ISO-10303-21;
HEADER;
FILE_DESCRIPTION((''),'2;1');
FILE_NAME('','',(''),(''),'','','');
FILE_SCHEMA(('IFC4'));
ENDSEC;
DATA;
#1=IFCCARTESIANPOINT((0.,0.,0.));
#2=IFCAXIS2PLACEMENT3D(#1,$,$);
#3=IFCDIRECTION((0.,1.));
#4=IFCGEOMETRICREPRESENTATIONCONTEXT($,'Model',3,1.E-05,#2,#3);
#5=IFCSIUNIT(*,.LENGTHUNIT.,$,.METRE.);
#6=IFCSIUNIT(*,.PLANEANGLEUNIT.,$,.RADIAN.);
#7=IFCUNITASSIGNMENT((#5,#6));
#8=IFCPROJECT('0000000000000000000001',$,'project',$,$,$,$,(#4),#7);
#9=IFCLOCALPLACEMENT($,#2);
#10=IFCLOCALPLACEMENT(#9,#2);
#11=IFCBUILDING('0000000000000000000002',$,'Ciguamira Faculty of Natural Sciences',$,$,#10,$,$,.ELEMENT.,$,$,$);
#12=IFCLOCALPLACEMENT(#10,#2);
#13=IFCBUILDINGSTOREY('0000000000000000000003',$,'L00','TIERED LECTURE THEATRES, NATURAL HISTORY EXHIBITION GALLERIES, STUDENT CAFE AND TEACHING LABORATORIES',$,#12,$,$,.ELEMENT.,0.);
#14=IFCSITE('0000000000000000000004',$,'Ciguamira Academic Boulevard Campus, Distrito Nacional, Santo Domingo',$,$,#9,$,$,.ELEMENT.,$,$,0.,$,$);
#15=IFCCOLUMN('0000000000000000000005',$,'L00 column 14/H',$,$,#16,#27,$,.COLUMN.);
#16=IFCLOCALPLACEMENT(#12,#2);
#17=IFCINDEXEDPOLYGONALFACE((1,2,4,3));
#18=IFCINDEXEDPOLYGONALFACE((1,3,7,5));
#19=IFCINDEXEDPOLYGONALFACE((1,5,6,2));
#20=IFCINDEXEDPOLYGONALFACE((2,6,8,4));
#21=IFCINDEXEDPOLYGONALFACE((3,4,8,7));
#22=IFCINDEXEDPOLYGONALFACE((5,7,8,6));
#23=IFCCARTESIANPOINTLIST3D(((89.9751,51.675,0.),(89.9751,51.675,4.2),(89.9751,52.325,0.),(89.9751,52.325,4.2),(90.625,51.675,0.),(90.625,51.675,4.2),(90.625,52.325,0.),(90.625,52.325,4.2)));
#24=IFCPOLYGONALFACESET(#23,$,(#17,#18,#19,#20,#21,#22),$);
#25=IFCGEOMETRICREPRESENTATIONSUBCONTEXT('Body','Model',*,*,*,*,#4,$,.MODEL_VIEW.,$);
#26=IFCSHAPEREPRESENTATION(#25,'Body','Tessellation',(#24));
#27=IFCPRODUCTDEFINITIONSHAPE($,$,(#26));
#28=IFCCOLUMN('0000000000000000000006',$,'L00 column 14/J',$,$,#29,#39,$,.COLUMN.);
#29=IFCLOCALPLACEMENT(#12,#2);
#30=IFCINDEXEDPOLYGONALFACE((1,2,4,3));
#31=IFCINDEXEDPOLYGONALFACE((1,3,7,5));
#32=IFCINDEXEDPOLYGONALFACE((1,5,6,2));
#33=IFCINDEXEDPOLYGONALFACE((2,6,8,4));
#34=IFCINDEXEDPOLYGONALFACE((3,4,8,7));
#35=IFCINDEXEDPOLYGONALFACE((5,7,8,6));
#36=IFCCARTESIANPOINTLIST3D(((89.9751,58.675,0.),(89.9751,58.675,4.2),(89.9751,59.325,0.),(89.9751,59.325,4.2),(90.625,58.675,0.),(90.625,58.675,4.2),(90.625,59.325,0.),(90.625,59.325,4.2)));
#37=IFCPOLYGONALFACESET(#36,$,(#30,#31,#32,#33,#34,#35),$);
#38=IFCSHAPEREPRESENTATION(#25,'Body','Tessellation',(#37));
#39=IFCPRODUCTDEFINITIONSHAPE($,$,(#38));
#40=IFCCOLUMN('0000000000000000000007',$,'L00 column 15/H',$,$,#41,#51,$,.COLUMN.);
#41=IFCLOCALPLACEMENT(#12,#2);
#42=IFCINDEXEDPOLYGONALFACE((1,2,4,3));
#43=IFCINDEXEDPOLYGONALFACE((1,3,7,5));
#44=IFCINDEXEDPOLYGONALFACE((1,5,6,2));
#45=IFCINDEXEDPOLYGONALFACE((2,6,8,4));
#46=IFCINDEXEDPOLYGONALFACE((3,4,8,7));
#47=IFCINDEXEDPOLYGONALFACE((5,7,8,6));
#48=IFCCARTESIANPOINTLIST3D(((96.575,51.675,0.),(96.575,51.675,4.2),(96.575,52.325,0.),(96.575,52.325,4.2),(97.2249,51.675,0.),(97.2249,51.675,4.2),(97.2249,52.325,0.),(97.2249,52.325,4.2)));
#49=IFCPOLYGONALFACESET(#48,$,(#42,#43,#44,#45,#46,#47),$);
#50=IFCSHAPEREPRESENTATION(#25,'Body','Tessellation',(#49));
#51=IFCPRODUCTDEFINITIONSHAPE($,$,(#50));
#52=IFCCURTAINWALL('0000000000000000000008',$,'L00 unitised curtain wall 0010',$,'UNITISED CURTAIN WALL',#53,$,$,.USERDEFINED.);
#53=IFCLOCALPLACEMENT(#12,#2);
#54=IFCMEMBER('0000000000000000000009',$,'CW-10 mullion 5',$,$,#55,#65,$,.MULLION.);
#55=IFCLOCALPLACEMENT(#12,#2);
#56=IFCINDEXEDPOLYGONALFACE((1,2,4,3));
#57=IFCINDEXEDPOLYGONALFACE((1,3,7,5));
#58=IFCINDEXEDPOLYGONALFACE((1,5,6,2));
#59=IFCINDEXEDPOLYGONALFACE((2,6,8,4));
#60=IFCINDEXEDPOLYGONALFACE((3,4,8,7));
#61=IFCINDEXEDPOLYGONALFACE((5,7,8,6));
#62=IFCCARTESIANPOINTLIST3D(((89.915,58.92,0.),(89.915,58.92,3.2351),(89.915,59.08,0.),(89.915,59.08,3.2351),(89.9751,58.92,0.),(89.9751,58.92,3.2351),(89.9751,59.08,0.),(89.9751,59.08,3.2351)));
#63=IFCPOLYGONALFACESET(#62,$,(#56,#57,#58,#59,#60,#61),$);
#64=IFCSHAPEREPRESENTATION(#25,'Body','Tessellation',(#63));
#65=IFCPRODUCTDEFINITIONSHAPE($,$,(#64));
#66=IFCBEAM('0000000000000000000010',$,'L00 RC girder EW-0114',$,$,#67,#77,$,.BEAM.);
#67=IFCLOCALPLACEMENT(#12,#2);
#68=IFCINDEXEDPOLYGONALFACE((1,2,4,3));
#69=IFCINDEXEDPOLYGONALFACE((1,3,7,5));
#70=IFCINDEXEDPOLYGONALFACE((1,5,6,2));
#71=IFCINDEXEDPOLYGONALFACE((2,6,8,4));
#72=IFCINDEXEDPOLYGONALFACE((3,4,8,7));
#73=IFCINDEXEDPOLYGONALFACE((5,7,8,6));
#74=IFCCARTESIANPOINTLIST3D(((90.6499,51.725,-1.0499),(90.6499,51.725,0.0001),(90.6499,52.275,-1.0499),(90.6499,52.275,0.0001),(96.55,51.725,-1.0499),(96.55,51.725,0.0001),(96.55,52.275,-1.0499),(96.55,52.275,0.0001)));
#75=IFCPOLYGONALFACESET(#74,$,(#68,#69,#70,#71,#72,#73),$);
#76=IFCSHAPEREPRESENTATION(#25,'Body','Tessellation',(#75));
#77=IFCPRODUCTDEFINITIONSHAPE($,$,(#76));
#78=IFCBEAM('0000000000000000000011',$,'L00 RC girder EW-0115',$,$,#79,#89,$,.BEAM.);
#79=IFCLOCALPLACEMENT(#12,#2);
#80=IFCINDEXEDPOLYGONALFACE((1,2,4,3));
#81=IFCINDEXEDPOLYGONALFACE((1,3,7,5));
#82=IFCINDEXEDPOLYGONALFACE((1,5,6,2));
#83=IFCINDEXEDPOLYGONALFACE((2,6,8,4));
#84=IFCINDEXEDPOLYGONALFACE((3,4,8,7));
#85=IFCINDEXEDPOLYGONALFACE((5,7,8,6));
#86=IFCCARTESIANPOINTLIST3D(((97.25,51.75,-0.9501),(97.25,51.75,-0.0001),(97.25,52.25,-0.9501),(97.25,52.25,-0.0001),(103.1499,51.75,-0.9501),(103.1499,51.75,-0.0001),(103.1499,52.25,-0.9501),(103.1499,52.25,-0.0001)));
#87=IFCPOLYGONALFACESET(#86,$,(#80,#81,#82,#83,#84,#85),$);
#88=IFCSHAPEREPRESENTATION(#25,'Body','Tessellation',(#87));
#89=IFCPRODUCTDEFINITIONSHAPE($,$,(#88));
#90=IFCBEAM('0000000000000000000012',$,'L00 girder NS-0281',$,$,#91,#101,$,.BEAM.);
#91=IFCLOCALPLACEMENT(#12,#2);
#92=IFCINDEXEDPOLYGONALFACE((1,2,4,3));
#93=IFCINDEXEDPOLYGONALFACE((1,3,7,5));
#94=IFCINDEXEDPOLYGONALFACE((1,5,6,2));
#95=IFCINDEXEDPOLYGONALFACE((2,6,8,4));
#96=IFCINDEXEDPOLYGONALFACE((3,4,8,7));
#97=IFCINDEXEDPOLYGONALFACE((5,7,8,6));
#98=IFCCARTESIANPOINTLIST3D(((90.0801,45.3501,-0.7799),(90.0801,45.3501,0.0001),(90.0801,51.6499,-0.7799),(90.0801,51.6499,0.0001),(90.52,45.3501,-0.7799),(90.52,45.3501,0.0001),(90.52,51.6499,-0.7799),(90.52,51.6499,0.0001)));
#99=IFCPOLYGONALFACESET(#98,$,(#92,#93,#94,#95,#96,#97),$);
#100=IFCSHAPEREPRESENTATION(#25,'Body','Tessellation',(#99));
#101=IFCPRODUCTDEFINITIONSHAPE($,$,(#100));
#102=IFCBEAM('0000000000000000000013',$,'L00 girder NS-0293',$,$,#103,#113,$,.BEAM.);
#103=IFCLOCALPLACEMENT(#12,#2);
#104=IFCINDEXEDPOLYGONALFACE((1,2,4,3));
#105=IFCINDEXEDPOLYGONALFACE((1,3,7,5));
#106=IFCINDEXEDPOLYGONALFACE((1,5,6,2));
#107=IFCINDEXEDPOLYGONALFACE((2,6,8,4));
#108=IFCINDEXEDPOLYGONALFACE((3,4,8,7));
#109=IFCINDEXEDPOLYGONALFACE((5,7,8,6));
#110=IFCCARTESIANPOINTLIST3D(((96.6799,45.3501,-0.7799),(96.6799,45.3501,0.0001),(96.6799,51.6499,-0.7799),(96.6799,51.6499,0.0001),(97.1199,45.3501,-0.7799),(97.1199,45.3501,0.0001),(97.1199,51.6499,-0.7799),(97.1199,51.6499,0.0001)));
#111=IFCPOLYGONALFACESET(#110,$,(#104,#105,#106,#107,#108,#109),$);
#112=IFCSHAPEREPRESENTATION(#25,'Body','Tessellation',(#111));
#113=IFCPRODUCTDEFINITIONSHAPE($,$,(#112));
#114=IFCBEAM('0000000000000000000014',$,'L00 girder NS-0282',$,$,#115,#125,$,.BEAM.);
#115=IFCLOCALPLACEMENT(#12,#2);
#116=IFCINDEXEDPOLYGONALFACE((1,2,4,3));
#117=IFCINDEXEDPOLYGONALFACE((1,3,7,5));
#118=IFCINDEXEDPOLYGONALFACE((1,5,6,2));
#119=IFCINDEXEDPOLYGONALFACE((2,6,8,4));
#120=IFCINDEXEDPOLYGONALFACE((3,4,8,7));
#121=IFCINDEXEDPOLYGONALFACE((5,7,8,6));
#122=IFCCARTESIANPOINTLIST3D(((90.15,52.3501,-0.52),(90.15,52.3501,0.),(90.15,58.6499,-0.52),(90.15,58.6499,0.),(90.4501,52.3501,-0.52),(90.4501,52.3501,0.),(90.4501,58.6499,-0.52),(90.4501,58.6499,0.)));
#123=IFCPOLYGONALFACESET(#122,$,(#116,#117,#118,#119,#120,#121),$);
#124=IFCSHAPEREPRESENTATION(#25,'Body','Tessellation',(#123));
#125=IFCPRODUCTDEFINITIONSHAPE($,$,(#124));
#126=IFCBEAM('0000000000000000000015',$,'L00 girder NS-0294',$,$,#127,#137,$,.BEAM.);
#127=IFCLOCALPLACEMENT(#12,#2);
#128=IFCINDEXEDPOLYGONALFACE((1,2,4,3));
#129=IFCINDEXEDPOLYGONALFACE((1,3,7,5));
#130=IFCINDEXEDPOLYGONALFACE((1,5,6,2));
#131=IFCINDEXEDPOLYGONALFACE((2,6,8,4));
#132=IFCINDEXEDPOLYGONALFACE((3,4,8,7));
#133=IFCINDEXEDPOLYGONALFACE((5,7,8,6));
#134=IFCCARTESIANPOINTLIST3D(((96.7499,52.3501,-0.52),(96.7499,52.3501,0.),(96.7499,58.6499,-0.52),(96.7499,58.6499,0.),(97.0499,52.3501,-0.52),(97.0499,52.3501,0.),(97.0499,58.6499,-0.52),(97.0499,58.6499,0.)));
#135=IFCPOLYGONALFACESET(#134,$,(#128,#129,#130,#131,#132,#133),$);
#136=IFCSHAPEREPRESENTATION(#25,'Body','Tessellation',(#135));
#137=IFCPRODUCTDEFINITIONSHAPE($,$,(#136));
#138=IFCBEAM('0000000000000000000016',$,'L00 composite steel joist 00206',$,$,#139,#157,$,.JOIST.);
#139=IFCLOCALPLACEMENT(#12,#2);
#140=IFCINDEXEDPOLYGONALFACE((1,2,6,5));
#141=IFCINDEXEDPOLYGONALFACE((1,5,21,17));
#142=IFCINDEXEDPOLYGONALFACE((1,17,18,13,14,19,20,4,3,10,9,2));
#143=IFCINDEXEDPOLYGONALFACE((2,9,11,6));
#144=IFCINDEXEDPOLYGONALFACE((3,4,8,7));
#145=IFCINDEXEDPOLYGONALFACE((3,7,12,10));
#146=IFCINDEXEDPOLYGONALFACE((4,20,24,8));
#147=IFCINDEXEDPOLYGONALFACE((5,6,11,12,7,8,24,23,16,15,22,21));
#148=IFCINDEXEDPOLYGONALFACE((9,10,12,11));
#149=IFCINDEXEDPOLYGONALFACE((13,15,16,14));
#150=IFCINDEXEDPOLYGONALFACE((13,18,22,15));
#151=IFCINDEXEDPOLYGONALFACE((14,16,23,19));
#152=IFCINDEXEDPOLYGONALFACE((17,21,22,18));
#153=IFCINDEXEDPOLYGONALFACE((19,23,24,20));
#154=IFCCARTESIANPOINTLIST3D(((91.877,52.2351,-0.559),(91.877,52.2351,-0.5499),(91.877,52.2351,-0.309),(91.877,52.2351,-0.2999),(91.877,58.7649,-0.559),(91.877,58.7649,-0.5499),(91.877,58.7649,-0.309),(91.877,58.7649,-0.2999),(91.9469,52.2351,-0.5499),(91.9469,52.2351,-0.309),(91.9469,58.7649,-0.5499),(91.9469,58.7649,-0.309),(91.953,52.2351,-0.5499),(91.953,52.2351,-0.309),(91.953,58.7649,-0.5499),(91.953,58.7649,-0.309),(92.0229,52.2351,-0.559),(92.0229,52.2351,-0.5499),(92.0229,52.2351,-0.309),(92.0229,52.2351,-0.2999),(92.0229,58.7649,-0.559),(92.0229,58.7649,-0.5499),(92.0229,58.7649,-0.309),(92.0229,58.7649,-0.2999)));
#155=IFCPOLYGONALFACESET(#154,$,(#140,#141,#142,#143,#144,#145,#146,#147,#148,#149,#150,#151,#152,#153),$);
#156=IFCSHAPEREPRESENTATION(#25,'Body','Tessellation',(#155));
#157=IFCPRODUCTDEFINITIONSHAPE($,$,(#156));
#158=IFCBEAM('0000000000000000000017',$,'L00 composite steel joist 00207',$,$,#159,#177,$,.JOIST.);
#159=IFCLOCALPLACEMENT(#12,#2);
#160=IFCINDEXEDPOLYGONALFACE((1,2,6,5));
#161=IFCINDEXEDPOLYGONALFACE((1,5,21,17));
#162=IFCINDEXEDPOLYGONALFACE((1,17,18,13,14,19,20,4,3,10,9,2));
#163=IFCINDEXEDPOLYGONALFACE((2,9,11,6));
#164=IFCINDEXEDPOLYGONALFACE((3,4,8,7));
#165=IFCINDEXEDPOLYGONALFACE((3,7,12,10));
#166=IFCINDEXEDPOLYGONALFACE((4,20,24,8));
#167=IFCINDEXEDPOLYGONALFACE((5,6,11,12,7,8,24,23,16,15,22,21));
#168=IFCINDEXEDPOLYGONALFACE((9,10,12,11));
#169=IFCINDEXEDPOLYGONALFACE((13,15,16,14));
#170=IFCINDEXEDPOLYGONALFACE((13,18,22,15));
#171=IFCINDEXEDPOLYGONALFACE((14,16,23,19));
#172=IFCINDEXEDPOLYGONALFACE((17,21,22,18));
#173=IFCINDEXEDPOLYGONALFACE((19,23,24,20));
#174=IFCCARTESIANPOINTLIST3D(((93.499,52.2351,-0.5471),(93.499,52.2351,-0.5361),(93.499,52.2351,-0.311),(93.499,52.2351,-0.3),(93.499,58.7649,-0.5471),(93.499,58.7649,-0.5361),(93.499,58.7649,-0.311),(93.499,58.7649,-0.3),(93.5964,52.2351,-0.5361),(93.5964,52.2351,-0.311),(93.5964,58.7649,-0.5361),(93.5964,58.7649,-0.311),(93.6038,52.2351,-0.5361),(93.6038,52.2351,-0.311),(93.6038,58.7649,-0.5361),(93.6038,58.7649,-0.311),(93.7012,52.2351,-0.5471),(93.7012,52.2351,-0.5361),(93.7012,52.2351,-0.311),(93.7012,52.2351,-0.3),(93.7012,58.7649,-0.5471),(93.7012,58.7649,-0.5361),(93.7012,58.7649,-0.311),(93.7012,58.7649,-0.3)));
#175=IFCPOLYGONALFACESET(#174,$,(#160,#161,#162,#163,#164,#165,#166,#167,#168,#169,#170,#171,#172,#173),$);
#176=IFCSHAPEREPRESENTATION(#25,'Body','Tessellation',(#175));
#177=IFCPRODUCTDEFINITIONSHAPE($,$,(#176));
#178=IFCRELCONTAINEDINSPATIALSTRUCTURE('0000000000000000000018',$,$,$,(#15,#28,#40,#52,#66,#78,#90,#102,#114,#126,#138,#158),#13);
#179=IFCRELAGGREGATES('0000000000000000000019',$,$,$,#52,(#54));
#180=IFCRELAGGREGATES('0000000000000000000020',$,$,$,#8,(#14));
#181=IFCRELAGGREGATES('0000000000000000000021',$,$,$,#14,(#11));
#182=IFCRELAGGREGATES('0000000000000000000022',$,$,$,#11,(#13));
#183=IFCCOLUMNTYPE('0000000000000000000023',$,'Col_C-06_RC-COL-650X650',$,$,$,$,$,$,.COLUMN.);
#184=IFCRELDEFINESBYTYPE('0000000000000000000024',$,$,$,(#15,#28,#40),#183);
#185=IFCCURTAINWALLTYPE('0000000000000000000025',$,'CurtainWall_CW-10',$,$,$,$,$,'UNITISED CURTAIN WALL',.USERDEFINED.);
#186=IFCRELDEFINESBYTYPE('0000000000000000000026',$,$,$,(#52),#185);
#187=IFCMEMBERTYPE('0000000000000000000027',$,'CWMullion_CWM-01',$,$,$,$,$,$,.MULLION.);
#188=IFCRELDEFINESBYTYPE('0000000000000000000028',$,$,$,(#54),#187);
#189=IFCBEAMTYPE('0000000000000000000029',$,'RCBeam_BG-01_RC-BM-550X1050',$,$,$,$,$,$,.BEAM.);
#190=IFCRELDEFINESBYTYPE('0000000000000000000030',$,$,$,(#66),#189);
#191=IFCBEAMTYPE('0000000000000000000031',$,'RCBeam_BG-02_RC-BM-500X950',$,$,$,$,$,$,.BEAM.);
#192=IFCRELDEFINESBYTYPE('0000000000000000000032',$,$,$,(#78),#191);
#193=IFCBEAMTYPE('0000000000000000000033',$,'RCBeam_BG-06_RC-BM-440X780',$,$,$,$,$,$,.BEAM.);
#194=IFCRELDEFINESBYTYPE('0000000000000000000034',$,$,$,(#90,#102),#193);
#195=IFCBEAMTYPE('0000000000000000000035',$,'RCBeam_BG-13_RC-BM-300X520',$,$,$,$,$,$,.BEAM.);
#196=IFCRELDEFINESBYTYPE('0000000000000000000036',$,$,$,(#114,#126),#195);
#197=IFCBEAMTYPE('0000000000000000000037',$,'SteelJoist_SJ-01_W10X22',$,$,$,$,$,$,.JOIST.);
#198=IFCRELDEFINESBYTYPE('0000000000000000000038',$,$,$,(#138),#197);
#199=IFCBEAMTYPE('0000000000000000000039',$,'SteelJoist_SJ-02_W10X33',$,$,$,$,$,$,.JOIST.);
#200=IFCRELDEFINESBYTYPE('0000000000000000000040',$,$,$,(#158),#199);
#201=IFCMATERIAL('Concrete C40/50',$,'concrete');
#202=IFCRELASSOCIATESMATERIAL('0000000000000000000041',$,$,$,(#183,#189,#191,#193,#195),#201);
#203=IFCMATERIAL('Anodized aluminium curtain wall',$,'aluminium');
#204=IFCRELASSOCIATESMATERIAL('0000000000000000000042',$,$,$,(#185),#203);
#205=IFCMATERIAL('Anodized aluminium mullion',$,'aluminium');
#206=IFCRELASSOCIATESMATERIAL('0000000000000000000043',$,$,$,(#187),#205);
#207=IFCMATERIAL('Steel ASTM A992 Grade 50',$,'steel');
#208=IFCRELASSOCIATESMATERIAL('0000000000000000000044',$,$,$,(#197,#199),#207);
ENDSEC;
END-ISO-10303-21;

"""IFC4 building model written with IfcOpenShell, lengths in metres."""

from ifc_helpers import new_model, si_unit, direction, frame, origin, origin_2d, place, context, subcontext, project, spatial, rectangle, i_section, extrude, material, material_profile, profile_set, type_object, element, aggregate, save


model = new_model("IFC4")

# Units and contexts
model_context = context("Model", 3, precision=1e-05, world=origin(), true_north=direction((0.0, 1.0)))
body_context = subcontext(model_context, "Body", "Model", "MODEL_VIEW")
ifc_project = project(units=[si_unit("LENGTHUNIT", "METRE"), si_unit("PLANEANGLEUNIT", "RADIAN")], contexts=[model_context])

# Site, building, storey
site_placement = place(None, origin())
site = spatial("IfcSite", under=ifc_project, at=site_placement, Name="Ciguamira Academic Boulevard Campus, Distrito Nacional, Santo Domingo", CompositionType="ELEMENT", RefElevation=0.0)
building_placement = place(site_placement, origin())
building = spatial("IfcBuilding", under=site, at=building_placement, Name="Ciguamira Faculty of Natural Sciences", CompositionType="ELEMENT")
storey_placement = place(building_placement, origin())
storey = spatial("IfcBuildingStorey", under=building, at=storey_placement, Name="L00", Description="TIERED LECTURE THEATRES, NATURAL HISTORY EXHIBITION GALLERIES, STUDENT CAFE AND TEACHING LABORATORIES", CompositionType="ELEMENT", Elevation=0.0)

# Columns
ifc_material_1 = material(Name="Concrete C40/50", Category="concrete")
ifc_material_profile_1 = material_profile(ifc_material_1, rectangle(XDim=0.6499, YDim=0.6499, at=origin_2d()), Name="RC-COL-650X650")
ifc_profile_set_1 = profile_set([ifc_material_profile_1], Name="Concrete C40/50")
column_type = type_object("IfcColumnType", Name="Col_C-06_RC-COL-650X650", PredefinedType="COLUMN", material=ifc_profile_set_1)
for number, where, z_axis, x_axis, name in (
    (1, (90.3, 52.0, 0.0), (0.0, 0.0, 1.0), (1.0, 0.0, 0.0), "L00 column 14/H"),
    (2, (90.3, 59.0, 0.0), (0.0, 0.0, 1.0), (1.0, 0.0, 0.0), "L00 column 14/J"),
    (3, (96.8999, 52.0, 0.0), (0.0, 0.0, 1.0), (1.0, 0.0, 0.0), "L00 column 15/H"),
):
    element("IfcColumn", number, at=place(storey_placement, frame(where, z_axis=z_axis, x_axis=x_axis)), inside=storey, type_object=column_type, Name=name, PredefinedType="COLUMN", context=body_context, shape_type="SweptSolid", body=[
        extrude(rectangle(XDim=0.6499, YDim=0.6499, at=origin_2d()), origin(), (0.0, 0.0, 1.0), 4.2),
    ])

# Curtain wall, member
ifc_material_2 = material(Name="Anodized aluminium curtain wall", Category="aluminium")
curtain_wall_type = type_object("IfcCurtainWallType", Name="CurtainWall_CW-10", ElementType="UNITISED CURTAIN WALL", PredefinedType="USERDEFINED", material=ifc_material_2)
curtain_wall_placement = place(storey_placement, origin())
curtain_wall = element("IfcCurtainWall", 4, at=curtain_wall_placement, inside=storey, type_object=curtain_wall_type, Name="L00 unitised curtain wall 0010", ObjectType="UNITISED CURTAIN WALL", PredefinedType="USERDEFINED")
ifc_material_3 = material(Name="Anodized aluminium mullion", Category="aluminium")
ifc_material_profile_2 = material_profile(ifc_material_3, rectangle(XDim=0.0601, YDim=0.1599, at=origin_2d()), Name="ALU-MUL-60X160")
ifc_profile_set_2 = profile_set([ifc_material_profile_2], Name="Anodized aluminium mullion")
member_type = type_object("IfcMemberType", Name="CWMullion_CWM-01", PredefinedType="MULLION", material=ifc_profile_set_2)
member_placement = place(storey_placement, frame((89.9451, 59.0, 0.0), z_axis=(0.0, 0.0, 1.0), x_axis=(1.0, 0.0, 0.0)))
member = element("IfcMember", 5, at=member_placement, type_object=member_type, Name="CW-10 mullion 5", PredefinedType="MULLION", context=body_context, shape_type="SweptSolid", body=[
    extrude(rectangle(XDim=0.0601, YDim=0.1599, at=origin_2d()), origin(), (0.0, 0.0, 1.0), 3.2351),
])

# Beams
ifc_material_profile_3 = material_profile(ifc_material_1, rectangle(XDim=0.55, YDim=1.05, at=origin_2d()), Name="RC-BM-550X1050")
ifc_profile_set_3 = profile_set([ifc_material_profile_3], Name="Concrete C40/50")
beam_type_1 = type_object("IfcBeamType", Name="RCBeam_BG-01_RC-BM-550X1050", PredefinedType="BEAM", material=ifc_profile_set_3)
beam_1_placement = place(storey_placement, frame((90.6499, 52.0, -0.5249), z_axis=(1.0, 0.0, 0.0), x_axis=(0.0, 1.0, 0.0)))
element("IfcBeam", 6, at=beam_1_placement, inside=storey, type_object=beam_type_1, Name="L00 RC girder EW-0114", PredefinedType="BEAM", context=body_context, shape_type="SweptSolid", body=[
    extrude(rectangle(XDim=0.55, YDim=1.05, at=origin_2d()), origin(), (0.0, 0.0, 1.0), 5.9001),
])
ifc_material_profile_4 = material_profile(ifc_material_1, rectangle(XDim=0.5, YDim=0.95, at=origin_2d()), Name="RC-BM-500X950")
ifc_profile_set_4 = profile_set([ifc_material_profile_4], Name="Concrete C40/50")
beam_type_2 = type_object("IfcBeamType", Name="RCBeam_BG-02_RC-BM-500X950", PredefinedType="BEAM", material=ifc_profile_set_4)
beam_2_placement = place(storey_placement, frame((97.25, 52.0, -0.4751), z_axis=(1.0, 0.0, 0.0), x_axis=(0.0, 1.0, 0.0)))
element("IfcBeam", 7, at=beam_2_placement, inside=storey, type_object=beam_type_2, Name="L00 RC girder EW-0115", PredefinedType="BEAM", context=body_context, shape_type="SweptSolid", body=[
    extrude(rectangle(XDim=0.5, YDim=0.95, at=origin_2d()), origin(), (0.0, 0.0, 1.0), 5.8999),
])
ifc_material_profile_5 = material_profile(ifc_material_1, rectangle(XDim=0.4399, YDim=0.78, at=origin_2d()), Name="RC-BM-440X780")
ifc_profile_set_5 = profile_set([ifc_material_profile_5], Name="Concrete C40/50")
beam_type_3 = type_object("IfcBeamType", Name="RCBeam_BG-06_RC-BM-440X780", PredefinedType="BEAM", material=ifc_profile_set_5)
for number, where, z_axis, x_axis, name in (
    (8, (90.3, 45.3501, -0.3899), (0.0, 1.0, 0.0), (-1.0, 0.0, 0.0), "L00 girder NS-0281"),
    (9, (96.8999, 45.3501, -0.3899), (0.0, 1.0, 0.0), (-1.0, 0.0, 0.0), "L00 girder NS-0293"),
):
    element("IfcBeam", number, at=place(storey_placement, frame(where, z_axis=z_axis, x_axis=x_axis)), inside=storey, type_object=beam_type_3, Name=name, PredefinedType="BEAM", context=body_context, shape_type="SweptSolid", body=[
        extrude(rectangle(XDim=0.4399, YDim=0.78, at=origin_2d()), origin(), (0.0, 0.0, 1.0), 6.2998),
    ])
ifc_material_profile_6 = material_profile(ifc_material_1, rectangle(XDim=0.3, YDim=0.52, at=origin_2d()), Name="RC-BM-300X520")
ifc_profile_set_6 = profile_set([ifc_material_profile_6], Name="Concrete C40/50")
beam_type_4 = type_object("IfcBeamType", Name="RCBeam_BG-13_RC-BM-300X520", PredefinedType="BEAM", material=ifc_profile_set_6)
for number, where, z_axis, x_axis, name in (
    (10, (90.3, 52.3501, -0.26), (0.0, 1.0, 0.0), (-1.0, 0.0, 0.0), "L00 girder NS-0282"),
    (11, (96.8999, 52.3501, -0.26), (0.0, 1.0, 0.0), (-1.0, 0.0, 0.0), "L00 girder NS-0294"),
):
    element("IfcBeam", number, at=place(storey_placement, frame(where, z_axis=z_axis, x_axis=x_axis)), inside=storey, type_object=beam_type_4, Name=name, PredefinedType="BEAM", context=body_context, shape_type="SweptSolid", body=[
        extrude(rectangle(XDim=0.3, YDim=0.52, at=origin_2d()), origin(), (0.0, 0.0, 1.0), 6.2998),
    ])
ifc_material_4 = material(Name="Steel ASTM A992 Grade 50", Category="steel")
ifc_material_profile_7 = material_profile(ifc_material_4, i_section(OverallWidth=0.146, OverallDepth=0.259, WebThickness=0.0061, FlangeThickness=0.009, at=origin_2d()), Name="W10X22")
ifc_profile_set_7 = profile_set([ifc_material_profile_7], Name="Steel ASTM A992 Grade 50")
beam_type_5 = type_object("IfcBeamType", Name="SteelJoist_SJ-01_W10X22", PredefinedType="JOIST", material=ifc_profile_set_7)
beam_3_placement = place(storey_placement, frame((91.95, 52.2351, -0.4294), z_axis=(0.0, 1.0, 0.0), x_axis=(-1.0, 0.0, 0.0)))
element("IfcBeam", 12, at=beam_3_placement, inside=storey, type_object=beam_type_5, Name="L00 composite steel joist 00206", PredefinedType="JOIST", context=body_context, shape_type="SweptSolid", body=[
    extrude(i_section(OverallWidth=0.146, OverallDepth=0.259, WebThickness=0.0061, FlangeThickness=0.009, at=origin_2d()), origin(), (0.0, 0.0, 1.0), 6.5298),
])
ifc_material_profile_8 = material_profile(ifc_material_4, i_section(OverallWidth=0.2021, OverallDepth=0.2471, WebThickness=0.0073, FlangeThickness=0.011, at=origin_2d()), Name="W10X33")
ifc_profile_set_8 = profile_set([ifc_material_profile_8], Name="Steel ASTM A992 Grade 50")
beam_type_6 = type_object("IfcBeamType", Name="SteelJoist_SJ-02_W10X33", PredefinedType="JOIST", material=ifc_profile_set_8)
beam_4_placement = place(storey_placement, frame((93.6001, 52.2351, -0.4236), z_axis=(0.0, 1.0, 0.0), x_axis=(-1.0, 0.0, 0.0)))
element("IfcBeam", 13, at=beam_4_placement, inside=storey, type_object=beam_type_6, Name="L00 composite steel joist 00207", PredefinedType="JOIST", context=body_context, shape_type="SweptSolid", body=[
    extrude(i_section(OverallWidth=0.2021, OverallDepth=0.2471, WebThickness=0.0073, FlangeThickness=0.011, at=origin_2d()), origin(), (0.0, 0.0, 1.0), 6.5298),
])

aggregate(curtain_wall, [member])

save(model, "model.ifc")
